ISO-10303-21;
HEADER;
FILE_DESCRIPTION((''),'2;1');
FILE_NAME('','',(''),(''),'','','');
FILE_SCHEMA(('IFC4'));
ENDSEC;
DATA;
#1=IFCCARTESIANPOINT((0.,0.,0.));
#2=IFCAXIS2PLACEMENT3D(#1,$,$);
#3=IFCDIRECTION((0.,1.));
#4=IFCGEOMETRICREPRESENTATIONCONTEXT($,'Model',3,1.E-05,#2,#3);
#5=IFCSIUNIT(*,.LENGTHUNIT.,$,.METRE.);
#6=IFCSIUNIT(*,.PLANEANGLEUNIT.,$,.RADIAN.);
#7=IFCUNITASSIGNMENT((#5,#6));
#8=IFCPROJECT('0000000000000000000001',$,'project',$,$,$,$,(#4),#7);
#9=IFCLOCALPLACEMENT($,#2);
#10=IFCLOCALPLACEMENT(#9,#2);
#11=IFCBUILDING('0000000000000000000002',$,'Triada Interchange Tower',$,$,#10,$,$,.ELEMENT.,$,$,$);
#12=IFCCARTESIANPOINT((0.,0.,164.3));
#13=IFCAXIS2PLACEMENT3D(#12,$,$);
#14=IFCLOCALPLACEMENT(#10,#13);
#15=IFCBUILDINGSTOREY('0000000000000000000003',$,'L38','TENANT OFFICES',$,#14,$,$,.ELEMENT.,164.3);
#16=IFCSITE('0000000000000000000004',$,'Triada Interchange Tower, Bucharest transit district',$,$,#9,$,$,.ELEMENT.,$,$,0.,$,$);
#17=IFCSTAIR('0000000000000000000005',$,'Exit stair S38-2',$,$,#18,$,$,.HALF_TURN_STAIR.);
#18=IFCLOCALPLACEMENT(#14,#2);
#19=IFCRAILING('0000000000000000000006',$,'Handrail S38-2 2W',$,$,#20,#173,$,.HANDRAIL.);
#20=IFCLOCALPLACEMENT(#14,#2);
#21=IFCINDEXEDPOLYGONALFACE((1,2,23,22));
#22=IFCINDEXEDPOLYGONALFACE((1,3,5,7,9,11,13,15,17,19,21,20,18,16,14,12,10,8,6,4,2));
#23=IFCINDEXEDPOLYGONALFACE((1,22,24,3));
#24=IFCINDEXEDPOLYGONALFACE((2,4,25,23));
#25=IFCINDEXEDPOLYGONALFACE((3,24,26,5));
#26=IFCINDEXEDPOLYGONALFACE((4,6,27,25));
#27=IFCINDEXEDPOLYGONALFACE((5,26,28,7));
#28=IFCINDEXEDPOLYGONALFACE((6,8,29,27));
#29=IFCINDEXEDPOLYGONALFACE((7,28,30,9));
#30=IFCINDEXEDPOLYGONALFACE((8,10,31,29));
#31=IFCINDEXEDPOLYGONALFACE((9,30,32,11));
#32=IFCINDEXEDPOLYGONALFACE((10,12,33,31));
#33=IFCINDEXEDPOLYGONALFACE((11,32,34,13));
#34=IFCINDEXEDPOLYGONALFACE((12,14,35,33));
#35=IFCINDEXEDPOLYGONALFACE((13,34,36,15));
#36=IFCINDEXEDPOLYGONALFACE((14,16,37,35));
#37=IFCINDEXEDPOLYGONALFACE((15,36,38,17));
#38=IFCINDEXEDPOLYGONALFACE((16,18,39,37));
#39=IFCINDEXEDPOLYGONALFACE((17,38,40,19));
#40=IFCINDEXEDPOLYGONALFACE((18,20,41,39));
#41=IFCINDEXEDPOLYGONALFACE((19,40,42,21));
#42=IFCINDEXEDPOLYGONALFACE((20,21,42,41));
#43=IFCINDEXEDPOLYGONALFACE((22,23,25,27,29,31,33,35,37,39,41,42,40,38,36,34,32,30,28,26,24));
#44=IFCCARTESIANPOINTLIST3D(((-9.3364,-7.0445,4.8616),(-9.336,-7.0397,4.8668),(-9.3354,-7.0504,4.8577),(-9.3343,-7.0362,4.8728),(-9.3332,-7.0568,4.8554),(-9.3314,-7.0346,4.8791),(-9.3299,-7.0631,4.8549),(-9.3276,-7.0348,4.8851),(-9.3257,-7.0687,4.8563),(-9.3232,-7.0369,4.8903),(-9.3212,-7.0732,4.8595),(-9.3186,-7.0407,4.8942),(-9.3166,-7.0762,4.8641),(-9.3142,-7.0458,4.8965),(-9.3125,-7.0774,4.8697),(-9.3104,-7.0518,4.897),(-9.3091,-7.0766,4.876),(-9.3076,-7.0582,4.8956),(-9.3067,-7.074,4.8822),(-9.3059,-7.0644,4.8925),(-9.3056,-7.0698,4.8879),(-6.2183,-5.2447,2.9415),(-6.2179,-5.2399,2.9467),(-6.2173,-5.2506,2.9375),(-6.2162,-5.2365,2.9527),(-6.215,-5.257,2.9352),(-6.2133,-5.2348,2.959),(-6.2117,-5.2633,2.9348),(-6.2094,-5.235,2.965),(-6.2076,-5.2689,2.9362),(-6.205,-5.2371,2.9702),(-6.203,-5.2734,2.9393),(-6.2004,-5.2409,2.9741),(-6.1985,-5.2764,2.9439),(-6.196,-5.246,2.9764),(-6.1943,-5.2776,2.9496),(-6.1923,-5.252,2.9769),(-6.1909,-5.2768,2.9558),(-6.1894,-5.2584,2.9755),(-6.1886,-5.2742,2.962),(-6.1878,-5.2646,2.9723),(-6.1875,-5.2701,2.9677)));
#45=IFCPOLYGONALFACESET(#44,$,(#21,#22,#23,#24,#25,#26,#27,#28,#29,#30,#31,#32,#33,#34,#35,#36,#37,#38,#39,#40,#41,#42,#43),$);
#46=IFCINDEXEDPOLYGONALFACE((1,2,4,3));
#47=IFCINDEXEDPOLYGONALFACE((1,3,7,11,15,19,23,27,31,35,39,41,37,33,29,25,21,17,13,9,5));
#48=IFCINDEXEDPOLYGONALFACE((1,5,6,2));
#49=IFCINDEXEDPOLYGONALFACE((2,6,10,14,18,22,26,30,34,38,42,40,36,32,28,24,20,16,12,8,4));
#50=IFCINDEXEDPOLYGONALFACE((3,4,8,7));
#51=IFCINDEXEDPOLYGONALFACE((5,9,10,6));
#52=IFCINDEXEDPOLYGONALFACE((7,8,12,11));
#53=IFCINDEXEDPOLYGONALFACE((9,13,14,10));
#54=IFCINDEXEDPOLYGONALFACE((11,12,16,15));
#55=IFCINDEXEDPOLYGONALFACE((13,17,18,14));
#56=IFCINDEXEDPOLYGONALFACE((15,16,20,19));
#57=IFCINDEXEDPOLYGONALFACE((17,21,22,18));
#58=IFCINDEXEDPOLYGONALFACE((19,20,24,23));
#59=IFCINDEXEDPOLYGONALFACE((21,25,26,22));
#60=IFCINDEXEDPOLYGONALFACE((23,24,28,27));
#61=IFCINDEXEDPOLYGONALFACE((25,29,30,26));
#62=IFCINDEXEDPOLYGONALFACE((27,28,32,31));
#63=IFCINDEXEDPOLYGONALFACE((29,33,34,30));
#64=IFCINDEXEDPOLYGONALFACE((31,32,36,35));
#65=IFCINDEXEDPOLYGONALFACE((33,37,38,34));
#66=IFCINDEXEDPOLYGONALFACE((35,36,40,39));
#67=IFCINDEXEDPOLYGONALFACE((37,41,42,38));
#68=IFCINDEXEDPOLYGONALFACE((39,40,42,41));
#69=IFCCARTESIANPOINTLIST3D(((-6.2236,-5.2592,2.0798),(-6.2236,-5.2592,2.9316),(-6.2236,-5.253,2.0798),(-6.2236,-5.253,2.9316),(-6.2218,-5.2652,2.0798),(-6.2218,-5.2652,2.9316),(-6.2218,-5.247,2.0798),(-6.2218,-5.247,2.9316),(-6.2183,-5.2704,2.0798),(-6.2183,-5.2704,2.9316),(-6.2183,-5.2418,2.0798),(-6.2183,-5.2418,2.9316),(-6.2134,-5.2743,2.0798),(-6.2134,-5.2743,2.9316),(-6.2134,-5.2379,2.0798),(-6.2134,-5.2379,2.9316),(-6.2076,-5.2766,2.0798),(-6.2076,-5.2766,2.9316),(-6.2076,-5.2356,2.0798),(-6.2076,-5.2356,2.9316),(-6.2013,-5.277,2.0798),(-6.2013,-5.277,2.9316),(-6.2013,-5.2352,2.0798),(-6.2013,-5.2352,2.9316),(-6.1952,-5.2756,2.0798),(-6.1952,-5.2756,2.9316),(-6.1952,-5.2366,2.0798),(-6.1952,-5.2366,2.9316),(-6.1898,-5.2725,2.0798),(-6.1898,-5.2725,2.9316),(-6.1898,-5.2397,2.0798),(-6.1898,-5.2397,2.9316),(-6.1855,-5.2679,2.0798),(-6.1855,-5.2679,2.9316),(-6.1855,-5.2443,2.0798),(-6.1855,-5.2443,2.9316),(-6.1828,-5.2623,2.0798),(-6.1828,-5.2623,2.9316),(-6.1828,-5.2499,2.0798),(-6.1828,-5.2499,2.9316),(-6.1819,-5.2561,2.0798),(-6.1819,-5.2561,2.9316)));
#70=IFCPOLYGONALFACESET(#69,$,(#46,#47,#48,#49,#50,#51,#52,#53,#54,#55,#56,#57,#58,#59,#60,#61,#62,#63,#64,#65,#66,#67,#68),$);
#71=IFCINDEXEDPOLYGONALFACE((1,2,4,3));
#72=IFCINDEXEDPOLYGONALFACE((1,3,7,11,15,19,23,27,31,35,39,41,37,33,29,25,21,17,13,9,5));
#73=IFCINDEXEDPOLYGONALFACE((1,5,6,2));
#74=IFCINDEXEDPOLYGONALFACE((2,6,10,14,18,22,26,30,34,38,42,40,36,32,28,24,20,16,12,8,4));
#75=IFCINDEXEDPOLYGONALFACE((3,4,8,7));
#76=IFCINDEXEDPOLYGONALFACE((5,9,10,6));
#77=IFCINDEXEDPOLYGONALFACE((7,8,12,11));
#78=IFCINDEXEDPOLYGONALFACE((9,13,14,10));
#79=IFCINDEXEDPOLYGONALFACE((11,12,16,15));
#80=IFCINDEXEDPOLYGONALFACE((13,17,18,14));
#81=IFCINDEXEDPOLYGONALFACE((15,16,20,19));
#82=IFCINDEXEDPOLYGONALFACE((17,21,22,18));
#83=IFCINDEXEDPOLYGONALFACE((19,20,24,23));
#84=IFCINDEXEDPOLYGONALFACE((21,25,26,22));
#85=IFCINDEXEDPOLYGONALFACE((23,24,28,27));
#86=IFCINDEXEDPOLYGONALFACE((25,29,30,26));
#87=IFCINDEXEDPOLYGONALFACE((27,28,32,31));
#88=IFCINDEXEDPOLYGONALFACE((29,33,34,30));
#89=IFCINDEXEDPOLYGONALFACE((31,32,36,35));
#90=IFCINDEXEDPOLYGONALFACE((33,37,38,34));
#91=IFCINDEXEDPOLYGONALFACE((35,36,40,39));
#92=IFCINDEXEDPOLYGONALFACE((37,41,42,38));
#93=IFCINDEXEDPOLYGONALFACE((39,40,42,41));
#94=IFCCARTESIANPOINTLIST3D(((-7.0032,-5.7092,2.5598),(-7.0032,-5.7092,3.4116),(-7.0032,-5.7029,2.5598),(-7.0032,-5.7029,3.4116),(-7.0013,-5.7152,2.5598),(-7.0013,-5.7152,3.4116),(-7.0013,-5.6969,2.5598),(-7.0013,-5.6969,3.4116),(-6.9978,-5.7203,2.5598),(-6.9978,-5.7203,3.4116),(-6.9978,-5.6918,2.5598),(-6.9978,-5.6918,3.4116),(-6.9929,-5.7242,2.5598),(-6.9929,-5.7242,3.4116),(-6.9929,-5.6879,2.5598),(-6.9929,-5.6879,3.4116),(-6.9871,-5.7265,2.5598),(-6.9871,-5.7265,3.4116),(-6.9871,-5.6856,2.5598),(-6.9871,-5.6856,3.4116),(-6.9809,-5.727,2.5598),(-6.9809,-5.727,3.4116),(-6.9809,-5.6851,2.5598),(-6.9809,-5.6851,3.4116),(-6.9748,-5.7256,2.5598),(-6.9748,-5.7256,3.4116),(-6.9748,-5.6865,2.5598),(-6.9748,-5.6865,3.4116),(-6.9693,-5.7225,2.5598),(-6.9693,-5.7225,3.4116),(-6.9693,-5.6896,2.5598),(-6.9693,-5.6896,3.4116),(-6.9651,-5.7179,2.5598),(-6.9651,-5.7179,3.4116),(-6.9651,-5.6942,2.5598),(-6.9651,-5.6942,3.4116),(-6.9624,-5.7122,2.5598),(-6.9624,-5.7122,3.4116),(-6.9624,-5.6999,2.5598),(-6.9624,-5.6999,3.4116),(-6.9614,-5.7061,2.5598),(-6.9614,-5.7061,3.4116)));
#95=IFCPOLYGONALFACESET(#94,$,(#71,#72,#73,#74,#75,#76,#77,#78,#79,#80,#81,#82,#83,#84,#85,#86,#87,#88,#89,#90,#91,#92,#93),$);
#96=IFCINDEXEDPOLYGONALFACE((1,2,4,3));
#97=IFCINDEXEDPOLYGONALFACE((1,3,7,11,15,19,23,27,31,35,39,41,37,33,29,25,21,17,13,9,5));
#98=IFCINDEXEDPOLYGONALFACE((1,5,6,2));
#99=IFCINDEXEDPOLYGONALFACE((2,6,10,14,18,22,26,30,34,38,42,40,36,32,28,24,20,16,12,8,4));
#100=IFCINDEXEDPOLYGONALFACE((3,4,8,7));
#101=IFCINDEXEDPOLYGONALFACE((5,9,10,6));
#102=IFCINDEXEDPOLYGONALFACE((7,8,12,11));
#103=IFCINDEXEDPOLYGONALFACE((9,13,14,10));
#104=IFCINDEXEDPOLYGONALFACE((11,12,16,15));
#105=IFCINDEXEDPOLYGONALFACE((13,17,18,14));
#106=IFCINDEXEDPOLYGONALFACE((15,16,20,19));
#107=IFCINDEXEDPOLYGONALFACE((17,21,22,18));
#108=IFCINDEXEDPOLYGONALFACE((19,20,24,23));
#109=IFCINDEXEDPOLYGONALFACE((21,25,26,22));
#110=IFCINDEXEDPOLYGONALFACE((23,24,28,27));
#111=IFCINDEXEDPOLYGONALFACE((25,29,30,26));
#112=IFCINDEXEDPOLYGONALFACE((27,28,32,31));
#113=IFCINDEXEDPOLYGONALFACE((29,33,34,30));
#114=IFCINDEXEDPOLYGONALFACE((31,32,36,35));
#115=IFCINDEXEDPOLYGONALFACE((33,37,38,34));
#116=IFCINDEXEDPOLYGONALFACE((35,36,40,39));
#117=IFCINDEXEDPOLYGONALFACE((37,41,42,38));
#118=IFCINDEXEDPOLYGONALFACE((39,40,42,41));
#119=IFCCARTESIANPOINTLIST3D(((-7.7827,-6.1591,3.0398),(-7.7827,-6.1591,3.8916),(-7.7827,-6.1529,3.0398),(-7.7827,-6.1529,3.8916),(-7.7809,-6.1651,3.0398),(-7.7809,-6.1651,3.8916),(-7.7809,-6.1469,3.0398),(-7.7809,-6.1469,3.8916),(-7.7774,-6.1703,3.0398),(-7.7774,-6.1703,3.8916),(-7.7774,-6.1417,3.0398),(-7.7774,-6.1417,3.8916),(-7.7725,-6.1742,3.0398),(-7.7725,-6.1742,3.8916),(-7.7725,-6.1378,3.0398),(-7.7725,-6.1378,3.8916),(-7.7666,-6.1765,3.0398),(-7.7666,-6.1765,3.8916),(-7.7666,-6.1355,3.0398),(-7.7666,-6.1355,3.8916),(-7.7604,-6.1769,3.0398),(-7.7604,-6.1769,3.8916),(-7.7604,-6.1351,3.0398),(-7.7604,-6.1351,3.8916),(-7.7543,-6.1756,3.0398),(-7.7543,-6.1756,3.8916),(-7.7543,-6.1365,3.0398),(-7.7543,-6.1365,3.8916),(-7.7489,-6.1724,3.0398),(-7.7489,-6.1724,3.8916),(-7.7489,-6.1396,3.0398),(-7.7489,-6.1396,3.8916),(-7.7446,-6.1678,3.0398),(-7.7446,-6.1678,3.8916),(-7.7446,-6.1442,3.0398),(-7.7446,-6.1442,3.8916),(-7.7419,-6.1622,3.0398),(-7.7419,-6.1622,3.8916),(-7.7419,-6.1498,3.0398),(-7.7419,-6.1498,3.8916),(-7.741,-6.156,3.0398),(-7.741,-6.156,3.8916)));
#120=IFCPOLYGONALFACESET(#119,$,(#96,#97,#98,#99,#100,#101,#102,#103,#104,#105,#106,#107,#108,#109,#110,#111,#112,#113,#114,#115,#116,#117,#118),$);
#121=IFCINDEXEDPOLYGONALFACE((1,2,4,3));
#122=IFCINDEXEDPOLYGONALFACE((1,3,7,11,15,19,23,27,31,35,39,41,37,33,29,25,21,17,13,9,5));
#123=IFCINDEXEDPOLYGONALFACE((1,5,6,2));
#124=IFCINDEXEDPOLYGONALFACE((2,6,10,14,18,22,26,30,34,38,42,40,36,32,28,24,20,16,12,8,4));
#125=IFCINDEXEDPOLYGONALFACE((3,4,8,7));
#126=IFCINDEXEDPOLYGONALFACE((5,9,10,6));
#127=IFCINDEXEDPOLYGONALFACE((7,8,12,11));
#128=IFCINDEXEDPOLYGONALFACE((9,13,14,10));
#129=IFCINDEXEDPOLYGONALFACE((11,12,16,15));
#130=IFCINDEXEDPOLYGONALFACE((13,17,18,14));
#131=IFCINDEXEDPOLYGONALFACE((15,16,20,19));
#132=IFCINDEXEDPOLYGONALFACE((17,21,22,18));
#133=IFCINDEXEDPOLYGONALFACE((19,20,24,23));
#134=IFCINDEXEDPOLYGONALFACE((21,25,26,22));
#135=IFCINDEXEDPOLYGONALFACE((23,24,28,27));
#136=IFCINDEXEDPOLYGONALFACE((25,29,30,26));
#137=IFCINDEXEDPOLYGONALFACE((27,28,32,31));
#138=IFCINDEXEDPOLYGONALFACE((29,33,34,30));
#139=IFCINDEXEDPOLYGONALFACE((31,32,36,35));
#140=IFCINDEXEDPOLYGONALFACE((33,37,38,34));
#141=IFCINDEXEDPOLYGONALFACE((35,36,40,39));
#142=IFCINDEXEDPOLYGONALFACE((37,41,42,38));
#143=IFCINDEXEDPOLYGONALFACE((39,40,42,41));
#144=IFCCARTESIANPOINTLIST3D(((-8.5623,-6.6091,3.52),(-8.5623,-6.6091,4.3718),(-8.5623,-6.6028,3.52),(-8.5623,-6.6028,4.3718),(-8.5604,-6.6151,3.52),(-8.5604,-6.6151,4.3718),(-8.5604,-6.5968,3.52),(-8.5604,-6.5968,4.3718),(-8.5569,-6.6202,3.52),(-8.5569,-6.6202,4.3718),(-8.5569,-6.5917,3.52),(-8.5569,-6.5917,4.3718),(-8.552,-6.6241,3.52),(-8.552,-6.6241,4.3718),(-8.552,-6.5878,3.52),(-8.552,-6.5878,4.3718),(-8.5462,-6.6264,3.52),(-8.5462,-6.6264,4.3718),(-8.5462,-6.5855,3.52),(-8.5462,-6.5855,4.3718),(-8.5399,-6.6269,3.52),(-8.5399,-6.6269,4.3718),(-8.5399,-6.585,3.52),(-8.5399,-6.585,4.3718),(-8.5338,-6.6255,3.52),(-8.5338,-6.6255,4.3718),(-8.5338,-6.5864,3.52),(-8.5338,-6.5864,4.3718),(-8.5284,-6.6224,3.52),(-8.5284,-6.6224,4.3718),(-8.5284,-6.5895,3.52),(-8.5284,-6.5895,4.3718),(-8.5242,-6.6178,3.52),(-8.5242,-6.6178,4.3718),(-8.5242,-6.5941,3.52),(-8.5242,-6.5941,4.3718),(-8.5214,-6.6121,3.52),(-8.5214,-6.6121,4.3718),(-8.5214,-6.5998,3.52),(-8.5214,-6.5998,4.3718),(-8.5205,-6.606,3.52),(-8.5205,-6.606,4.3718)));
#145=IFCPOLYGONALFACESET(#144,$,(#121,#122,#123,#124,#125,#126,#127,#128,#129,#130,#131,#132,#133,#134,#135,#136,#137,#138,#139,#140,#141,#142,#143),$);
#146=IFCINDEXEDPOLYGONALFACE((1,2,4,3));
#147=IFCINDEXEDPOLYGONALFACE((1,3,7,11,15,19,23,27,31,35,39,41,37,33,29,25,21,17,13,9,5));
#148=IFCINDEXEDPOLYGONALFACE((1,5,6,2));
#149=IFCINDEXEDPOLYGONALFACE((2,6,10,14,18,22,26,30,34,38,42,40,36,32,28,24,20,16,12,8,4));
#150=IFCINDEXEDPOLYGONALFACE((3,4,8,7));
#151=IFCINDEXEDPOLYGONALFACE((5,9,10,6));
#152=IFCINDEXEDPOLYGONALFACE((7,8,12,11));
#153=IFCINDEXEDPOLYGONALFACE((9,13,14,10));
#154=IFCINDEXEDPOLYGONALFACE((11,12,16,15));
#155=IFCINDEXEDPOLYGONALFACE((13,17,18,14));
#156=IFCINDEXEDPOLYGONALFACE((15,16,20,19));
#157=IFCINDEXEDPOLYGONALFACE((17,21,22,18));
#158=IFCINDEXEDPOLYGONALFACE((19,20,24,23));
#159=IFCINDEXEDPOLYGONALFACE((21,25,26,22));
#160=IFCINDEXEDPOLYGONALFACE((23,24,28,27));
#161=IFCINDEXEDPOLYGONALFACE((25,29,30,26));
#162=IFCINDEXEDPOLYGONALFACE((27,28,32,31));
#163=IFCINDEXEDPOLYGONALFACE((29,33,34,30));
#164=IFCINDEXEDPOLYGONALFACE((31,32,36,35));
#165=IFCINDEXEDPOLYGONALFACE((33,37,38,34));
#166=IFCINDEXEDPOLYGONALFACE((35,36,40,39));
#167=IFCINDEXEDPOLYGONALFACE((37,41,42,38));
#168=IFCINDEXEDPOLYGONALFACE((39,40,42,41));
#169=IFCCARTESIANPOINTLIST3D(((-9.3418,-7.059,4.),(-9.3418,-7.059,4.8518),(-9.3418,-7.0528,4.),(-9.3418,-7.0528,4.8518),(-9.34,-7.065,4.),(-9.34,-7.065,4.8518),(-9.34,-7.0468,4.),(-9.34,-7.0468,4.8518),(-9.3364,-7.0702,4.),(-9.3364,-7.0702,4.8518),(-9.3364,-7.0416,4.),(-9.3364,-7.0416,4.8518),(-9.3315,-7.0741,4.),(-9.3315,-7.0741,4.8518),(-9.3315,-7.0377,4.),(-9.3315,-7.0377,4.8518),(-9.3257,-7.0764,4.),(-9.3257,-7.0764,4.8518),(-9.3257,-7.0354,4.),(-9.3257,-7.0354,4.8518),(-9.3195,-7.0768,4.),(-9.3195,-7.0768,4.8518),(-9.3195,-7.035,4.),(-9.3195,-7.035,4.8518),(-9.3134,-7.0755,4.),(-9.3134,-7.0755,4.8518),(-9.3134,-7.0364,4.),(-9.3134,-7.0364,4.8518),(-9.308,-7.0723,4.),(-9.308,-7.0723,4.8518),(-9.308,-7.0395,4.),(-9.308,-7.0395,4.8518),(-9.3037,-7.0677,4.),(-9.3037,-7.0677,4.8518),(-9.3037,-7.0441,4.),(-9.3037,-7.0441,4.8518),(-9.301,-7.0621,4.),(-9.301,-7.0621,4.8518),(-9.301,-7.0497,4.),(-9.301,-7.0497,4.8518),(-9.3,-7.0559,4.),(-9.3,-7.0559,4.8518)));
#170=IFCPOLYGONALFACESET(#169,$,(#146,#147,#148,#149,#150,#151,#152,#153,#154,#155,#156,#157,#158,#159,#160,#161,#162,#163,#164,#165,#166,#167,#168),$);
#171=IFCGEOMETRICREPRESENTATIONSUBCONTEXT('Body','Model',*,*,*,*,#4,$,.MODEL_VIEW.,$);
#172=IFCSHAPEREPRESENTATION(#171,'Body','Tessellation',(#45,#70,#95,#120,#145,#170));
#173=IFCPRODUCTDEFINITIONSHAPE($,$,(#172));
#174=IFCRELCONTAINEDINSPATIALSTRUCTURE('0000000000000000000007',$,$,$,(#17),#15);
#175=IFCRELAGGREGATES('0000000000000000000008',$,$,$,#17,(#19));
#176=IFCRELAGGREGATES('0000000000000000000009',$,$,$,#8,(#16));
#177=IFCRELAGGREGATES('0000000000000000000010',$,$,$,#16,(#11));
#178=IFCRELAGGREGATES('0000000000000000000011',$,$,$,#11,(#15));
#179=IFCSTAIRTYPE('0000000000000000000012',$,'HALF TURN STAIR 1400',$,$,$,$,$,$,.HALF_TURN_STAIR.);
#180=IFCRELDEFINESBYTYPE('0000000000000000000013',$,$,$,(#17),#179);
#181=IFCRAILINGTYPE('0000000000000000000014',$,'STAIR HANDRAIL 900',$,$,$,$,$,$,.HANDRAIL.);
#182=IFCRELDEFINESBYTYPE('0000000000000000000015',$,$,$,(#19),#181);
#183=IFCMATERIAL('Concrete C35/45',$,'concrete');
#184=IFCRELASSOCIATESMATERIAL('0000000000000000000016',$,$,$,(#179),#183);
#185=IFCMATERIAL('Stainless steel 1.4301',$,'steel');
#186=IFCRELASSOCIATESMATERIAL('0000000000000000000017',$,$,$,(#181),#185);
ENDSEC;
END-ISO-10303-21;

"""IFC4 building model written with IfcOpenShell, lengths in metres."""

from ifc_helpers import new_model, si_unit, direction, frame, origin, origin_2d, place, context, subcontext, project, spatial, circle, extrude, material, type_object, element, aggregate, save


model = new_model("IFC4")

# Units and contexts
model_context = context("Model", 3, precision=1e-05, world=origin(), true_north=direction((0.0, 1.0)))
body_context = subcontext(model_context, "Body", "Model", "MODEL_VIEW")
ifc_project = project(units=[si_unit("LENGTHUNIT", "METRE"), si_unit("PLANEANGLEUNIT", "RADIAN")], contexts=[model_context])

# Site, building, storey
site_placement = place(None, origin())
site = spatial("IfcSite", under=ifc_project, at=site_placement, Name="Triada Interchange Tower, Bucharest transit district", CompositionType="ELEMENT", RefElevation=0.0)
building_placement = place(site_placement, origin())
building = spatial("IfcBuilding", under=site, at=building_placement, Name="Triada Interchange Tower", CompositionType="ELEMENT")
storey_placement = place(building_placement, frame((0.0, 0.0, 164.3)))
storey = spatial("IfcBuildingStorey", under=building, at=storey_placement, Name="L38", Description="TENANT OFFICES", CompositionType="ELEMENT", Elevation=164.3)

# Stair, railing
ifc_material_1 = material(Name="Concrete C35/45", Category="concrete")
stair_type = type_object("IfcStairType", Name="HALF TURN STAIR 1400", PredefinedType="HALF_TURN_STAIR", material=ifc_material_1)
stair_placement = place(storey_placement, origin())
stair = element("IfcStair", 1, at=stair_placement, inside=storey, type_object=stair_type, Name="Exit stair S38-2", PredefinedType="HALF_TURN_STAIR")
ifc_material_2 = material(Name="Stainless steel 1.4301", Category="steel")
railing_type = type_object("IfcRailingType", Name="STAIR HANDRAIL 900", PredefinedType="HANDRAIL", material=ifc_material_2)
railing_1_placement = place(storey_placement, frame((-6.2029, -5.2561, 2.0798)))
railing_1 = element("IfcRailing", 2, at=railing_1_placement, type_object=railing_type, Name="Handrail S38-2 2W", PredefinedType="HANDRAIL", context=body_context, shape_type="SweptSolid", body=[
    extrude(circle(Radius=0.0239, at=origin_2d()), frame((0.0, 0.0, 0.876), z_axis=(-0.76419, -0.44109, 0.470588), x_axis=(0.499902, -0.866082, 0.0)), (0.0, 0.0, 1.0), 4.0803),
    extrude(circle(Radius=0.021, at=origin_2d()), origin(), (0.0, 0.0, 1.0), 0.8518),
    extrude(circle(Radius=0.021, at=origin_2d()), frame((-0.7795, -0.45, 0.48)), (0.0, 0.0, 1.0), 0.8518),
    extrude(circle(Radius=0.021, at=origin_2d()), frame((-1.5591, -0.8999, 0.96)), (0.0, 0.0, 1.0), 0.8518),
    extrude(circle(Radius=0.021, at=origin_2d()), frame((-2.3386, -1.3499, 1.4402)), (0.0, 0.0, 1.0), 0.8518),
    extrude(circle(Radius=0.021, at=origin_2d()), frame((-3.1182, -1.7998, 1.9202)), (0.0, 0.0, 1.0), 0.8518),
])
aggregate(stair, [railing_1])

save(model, "model.ifc")
